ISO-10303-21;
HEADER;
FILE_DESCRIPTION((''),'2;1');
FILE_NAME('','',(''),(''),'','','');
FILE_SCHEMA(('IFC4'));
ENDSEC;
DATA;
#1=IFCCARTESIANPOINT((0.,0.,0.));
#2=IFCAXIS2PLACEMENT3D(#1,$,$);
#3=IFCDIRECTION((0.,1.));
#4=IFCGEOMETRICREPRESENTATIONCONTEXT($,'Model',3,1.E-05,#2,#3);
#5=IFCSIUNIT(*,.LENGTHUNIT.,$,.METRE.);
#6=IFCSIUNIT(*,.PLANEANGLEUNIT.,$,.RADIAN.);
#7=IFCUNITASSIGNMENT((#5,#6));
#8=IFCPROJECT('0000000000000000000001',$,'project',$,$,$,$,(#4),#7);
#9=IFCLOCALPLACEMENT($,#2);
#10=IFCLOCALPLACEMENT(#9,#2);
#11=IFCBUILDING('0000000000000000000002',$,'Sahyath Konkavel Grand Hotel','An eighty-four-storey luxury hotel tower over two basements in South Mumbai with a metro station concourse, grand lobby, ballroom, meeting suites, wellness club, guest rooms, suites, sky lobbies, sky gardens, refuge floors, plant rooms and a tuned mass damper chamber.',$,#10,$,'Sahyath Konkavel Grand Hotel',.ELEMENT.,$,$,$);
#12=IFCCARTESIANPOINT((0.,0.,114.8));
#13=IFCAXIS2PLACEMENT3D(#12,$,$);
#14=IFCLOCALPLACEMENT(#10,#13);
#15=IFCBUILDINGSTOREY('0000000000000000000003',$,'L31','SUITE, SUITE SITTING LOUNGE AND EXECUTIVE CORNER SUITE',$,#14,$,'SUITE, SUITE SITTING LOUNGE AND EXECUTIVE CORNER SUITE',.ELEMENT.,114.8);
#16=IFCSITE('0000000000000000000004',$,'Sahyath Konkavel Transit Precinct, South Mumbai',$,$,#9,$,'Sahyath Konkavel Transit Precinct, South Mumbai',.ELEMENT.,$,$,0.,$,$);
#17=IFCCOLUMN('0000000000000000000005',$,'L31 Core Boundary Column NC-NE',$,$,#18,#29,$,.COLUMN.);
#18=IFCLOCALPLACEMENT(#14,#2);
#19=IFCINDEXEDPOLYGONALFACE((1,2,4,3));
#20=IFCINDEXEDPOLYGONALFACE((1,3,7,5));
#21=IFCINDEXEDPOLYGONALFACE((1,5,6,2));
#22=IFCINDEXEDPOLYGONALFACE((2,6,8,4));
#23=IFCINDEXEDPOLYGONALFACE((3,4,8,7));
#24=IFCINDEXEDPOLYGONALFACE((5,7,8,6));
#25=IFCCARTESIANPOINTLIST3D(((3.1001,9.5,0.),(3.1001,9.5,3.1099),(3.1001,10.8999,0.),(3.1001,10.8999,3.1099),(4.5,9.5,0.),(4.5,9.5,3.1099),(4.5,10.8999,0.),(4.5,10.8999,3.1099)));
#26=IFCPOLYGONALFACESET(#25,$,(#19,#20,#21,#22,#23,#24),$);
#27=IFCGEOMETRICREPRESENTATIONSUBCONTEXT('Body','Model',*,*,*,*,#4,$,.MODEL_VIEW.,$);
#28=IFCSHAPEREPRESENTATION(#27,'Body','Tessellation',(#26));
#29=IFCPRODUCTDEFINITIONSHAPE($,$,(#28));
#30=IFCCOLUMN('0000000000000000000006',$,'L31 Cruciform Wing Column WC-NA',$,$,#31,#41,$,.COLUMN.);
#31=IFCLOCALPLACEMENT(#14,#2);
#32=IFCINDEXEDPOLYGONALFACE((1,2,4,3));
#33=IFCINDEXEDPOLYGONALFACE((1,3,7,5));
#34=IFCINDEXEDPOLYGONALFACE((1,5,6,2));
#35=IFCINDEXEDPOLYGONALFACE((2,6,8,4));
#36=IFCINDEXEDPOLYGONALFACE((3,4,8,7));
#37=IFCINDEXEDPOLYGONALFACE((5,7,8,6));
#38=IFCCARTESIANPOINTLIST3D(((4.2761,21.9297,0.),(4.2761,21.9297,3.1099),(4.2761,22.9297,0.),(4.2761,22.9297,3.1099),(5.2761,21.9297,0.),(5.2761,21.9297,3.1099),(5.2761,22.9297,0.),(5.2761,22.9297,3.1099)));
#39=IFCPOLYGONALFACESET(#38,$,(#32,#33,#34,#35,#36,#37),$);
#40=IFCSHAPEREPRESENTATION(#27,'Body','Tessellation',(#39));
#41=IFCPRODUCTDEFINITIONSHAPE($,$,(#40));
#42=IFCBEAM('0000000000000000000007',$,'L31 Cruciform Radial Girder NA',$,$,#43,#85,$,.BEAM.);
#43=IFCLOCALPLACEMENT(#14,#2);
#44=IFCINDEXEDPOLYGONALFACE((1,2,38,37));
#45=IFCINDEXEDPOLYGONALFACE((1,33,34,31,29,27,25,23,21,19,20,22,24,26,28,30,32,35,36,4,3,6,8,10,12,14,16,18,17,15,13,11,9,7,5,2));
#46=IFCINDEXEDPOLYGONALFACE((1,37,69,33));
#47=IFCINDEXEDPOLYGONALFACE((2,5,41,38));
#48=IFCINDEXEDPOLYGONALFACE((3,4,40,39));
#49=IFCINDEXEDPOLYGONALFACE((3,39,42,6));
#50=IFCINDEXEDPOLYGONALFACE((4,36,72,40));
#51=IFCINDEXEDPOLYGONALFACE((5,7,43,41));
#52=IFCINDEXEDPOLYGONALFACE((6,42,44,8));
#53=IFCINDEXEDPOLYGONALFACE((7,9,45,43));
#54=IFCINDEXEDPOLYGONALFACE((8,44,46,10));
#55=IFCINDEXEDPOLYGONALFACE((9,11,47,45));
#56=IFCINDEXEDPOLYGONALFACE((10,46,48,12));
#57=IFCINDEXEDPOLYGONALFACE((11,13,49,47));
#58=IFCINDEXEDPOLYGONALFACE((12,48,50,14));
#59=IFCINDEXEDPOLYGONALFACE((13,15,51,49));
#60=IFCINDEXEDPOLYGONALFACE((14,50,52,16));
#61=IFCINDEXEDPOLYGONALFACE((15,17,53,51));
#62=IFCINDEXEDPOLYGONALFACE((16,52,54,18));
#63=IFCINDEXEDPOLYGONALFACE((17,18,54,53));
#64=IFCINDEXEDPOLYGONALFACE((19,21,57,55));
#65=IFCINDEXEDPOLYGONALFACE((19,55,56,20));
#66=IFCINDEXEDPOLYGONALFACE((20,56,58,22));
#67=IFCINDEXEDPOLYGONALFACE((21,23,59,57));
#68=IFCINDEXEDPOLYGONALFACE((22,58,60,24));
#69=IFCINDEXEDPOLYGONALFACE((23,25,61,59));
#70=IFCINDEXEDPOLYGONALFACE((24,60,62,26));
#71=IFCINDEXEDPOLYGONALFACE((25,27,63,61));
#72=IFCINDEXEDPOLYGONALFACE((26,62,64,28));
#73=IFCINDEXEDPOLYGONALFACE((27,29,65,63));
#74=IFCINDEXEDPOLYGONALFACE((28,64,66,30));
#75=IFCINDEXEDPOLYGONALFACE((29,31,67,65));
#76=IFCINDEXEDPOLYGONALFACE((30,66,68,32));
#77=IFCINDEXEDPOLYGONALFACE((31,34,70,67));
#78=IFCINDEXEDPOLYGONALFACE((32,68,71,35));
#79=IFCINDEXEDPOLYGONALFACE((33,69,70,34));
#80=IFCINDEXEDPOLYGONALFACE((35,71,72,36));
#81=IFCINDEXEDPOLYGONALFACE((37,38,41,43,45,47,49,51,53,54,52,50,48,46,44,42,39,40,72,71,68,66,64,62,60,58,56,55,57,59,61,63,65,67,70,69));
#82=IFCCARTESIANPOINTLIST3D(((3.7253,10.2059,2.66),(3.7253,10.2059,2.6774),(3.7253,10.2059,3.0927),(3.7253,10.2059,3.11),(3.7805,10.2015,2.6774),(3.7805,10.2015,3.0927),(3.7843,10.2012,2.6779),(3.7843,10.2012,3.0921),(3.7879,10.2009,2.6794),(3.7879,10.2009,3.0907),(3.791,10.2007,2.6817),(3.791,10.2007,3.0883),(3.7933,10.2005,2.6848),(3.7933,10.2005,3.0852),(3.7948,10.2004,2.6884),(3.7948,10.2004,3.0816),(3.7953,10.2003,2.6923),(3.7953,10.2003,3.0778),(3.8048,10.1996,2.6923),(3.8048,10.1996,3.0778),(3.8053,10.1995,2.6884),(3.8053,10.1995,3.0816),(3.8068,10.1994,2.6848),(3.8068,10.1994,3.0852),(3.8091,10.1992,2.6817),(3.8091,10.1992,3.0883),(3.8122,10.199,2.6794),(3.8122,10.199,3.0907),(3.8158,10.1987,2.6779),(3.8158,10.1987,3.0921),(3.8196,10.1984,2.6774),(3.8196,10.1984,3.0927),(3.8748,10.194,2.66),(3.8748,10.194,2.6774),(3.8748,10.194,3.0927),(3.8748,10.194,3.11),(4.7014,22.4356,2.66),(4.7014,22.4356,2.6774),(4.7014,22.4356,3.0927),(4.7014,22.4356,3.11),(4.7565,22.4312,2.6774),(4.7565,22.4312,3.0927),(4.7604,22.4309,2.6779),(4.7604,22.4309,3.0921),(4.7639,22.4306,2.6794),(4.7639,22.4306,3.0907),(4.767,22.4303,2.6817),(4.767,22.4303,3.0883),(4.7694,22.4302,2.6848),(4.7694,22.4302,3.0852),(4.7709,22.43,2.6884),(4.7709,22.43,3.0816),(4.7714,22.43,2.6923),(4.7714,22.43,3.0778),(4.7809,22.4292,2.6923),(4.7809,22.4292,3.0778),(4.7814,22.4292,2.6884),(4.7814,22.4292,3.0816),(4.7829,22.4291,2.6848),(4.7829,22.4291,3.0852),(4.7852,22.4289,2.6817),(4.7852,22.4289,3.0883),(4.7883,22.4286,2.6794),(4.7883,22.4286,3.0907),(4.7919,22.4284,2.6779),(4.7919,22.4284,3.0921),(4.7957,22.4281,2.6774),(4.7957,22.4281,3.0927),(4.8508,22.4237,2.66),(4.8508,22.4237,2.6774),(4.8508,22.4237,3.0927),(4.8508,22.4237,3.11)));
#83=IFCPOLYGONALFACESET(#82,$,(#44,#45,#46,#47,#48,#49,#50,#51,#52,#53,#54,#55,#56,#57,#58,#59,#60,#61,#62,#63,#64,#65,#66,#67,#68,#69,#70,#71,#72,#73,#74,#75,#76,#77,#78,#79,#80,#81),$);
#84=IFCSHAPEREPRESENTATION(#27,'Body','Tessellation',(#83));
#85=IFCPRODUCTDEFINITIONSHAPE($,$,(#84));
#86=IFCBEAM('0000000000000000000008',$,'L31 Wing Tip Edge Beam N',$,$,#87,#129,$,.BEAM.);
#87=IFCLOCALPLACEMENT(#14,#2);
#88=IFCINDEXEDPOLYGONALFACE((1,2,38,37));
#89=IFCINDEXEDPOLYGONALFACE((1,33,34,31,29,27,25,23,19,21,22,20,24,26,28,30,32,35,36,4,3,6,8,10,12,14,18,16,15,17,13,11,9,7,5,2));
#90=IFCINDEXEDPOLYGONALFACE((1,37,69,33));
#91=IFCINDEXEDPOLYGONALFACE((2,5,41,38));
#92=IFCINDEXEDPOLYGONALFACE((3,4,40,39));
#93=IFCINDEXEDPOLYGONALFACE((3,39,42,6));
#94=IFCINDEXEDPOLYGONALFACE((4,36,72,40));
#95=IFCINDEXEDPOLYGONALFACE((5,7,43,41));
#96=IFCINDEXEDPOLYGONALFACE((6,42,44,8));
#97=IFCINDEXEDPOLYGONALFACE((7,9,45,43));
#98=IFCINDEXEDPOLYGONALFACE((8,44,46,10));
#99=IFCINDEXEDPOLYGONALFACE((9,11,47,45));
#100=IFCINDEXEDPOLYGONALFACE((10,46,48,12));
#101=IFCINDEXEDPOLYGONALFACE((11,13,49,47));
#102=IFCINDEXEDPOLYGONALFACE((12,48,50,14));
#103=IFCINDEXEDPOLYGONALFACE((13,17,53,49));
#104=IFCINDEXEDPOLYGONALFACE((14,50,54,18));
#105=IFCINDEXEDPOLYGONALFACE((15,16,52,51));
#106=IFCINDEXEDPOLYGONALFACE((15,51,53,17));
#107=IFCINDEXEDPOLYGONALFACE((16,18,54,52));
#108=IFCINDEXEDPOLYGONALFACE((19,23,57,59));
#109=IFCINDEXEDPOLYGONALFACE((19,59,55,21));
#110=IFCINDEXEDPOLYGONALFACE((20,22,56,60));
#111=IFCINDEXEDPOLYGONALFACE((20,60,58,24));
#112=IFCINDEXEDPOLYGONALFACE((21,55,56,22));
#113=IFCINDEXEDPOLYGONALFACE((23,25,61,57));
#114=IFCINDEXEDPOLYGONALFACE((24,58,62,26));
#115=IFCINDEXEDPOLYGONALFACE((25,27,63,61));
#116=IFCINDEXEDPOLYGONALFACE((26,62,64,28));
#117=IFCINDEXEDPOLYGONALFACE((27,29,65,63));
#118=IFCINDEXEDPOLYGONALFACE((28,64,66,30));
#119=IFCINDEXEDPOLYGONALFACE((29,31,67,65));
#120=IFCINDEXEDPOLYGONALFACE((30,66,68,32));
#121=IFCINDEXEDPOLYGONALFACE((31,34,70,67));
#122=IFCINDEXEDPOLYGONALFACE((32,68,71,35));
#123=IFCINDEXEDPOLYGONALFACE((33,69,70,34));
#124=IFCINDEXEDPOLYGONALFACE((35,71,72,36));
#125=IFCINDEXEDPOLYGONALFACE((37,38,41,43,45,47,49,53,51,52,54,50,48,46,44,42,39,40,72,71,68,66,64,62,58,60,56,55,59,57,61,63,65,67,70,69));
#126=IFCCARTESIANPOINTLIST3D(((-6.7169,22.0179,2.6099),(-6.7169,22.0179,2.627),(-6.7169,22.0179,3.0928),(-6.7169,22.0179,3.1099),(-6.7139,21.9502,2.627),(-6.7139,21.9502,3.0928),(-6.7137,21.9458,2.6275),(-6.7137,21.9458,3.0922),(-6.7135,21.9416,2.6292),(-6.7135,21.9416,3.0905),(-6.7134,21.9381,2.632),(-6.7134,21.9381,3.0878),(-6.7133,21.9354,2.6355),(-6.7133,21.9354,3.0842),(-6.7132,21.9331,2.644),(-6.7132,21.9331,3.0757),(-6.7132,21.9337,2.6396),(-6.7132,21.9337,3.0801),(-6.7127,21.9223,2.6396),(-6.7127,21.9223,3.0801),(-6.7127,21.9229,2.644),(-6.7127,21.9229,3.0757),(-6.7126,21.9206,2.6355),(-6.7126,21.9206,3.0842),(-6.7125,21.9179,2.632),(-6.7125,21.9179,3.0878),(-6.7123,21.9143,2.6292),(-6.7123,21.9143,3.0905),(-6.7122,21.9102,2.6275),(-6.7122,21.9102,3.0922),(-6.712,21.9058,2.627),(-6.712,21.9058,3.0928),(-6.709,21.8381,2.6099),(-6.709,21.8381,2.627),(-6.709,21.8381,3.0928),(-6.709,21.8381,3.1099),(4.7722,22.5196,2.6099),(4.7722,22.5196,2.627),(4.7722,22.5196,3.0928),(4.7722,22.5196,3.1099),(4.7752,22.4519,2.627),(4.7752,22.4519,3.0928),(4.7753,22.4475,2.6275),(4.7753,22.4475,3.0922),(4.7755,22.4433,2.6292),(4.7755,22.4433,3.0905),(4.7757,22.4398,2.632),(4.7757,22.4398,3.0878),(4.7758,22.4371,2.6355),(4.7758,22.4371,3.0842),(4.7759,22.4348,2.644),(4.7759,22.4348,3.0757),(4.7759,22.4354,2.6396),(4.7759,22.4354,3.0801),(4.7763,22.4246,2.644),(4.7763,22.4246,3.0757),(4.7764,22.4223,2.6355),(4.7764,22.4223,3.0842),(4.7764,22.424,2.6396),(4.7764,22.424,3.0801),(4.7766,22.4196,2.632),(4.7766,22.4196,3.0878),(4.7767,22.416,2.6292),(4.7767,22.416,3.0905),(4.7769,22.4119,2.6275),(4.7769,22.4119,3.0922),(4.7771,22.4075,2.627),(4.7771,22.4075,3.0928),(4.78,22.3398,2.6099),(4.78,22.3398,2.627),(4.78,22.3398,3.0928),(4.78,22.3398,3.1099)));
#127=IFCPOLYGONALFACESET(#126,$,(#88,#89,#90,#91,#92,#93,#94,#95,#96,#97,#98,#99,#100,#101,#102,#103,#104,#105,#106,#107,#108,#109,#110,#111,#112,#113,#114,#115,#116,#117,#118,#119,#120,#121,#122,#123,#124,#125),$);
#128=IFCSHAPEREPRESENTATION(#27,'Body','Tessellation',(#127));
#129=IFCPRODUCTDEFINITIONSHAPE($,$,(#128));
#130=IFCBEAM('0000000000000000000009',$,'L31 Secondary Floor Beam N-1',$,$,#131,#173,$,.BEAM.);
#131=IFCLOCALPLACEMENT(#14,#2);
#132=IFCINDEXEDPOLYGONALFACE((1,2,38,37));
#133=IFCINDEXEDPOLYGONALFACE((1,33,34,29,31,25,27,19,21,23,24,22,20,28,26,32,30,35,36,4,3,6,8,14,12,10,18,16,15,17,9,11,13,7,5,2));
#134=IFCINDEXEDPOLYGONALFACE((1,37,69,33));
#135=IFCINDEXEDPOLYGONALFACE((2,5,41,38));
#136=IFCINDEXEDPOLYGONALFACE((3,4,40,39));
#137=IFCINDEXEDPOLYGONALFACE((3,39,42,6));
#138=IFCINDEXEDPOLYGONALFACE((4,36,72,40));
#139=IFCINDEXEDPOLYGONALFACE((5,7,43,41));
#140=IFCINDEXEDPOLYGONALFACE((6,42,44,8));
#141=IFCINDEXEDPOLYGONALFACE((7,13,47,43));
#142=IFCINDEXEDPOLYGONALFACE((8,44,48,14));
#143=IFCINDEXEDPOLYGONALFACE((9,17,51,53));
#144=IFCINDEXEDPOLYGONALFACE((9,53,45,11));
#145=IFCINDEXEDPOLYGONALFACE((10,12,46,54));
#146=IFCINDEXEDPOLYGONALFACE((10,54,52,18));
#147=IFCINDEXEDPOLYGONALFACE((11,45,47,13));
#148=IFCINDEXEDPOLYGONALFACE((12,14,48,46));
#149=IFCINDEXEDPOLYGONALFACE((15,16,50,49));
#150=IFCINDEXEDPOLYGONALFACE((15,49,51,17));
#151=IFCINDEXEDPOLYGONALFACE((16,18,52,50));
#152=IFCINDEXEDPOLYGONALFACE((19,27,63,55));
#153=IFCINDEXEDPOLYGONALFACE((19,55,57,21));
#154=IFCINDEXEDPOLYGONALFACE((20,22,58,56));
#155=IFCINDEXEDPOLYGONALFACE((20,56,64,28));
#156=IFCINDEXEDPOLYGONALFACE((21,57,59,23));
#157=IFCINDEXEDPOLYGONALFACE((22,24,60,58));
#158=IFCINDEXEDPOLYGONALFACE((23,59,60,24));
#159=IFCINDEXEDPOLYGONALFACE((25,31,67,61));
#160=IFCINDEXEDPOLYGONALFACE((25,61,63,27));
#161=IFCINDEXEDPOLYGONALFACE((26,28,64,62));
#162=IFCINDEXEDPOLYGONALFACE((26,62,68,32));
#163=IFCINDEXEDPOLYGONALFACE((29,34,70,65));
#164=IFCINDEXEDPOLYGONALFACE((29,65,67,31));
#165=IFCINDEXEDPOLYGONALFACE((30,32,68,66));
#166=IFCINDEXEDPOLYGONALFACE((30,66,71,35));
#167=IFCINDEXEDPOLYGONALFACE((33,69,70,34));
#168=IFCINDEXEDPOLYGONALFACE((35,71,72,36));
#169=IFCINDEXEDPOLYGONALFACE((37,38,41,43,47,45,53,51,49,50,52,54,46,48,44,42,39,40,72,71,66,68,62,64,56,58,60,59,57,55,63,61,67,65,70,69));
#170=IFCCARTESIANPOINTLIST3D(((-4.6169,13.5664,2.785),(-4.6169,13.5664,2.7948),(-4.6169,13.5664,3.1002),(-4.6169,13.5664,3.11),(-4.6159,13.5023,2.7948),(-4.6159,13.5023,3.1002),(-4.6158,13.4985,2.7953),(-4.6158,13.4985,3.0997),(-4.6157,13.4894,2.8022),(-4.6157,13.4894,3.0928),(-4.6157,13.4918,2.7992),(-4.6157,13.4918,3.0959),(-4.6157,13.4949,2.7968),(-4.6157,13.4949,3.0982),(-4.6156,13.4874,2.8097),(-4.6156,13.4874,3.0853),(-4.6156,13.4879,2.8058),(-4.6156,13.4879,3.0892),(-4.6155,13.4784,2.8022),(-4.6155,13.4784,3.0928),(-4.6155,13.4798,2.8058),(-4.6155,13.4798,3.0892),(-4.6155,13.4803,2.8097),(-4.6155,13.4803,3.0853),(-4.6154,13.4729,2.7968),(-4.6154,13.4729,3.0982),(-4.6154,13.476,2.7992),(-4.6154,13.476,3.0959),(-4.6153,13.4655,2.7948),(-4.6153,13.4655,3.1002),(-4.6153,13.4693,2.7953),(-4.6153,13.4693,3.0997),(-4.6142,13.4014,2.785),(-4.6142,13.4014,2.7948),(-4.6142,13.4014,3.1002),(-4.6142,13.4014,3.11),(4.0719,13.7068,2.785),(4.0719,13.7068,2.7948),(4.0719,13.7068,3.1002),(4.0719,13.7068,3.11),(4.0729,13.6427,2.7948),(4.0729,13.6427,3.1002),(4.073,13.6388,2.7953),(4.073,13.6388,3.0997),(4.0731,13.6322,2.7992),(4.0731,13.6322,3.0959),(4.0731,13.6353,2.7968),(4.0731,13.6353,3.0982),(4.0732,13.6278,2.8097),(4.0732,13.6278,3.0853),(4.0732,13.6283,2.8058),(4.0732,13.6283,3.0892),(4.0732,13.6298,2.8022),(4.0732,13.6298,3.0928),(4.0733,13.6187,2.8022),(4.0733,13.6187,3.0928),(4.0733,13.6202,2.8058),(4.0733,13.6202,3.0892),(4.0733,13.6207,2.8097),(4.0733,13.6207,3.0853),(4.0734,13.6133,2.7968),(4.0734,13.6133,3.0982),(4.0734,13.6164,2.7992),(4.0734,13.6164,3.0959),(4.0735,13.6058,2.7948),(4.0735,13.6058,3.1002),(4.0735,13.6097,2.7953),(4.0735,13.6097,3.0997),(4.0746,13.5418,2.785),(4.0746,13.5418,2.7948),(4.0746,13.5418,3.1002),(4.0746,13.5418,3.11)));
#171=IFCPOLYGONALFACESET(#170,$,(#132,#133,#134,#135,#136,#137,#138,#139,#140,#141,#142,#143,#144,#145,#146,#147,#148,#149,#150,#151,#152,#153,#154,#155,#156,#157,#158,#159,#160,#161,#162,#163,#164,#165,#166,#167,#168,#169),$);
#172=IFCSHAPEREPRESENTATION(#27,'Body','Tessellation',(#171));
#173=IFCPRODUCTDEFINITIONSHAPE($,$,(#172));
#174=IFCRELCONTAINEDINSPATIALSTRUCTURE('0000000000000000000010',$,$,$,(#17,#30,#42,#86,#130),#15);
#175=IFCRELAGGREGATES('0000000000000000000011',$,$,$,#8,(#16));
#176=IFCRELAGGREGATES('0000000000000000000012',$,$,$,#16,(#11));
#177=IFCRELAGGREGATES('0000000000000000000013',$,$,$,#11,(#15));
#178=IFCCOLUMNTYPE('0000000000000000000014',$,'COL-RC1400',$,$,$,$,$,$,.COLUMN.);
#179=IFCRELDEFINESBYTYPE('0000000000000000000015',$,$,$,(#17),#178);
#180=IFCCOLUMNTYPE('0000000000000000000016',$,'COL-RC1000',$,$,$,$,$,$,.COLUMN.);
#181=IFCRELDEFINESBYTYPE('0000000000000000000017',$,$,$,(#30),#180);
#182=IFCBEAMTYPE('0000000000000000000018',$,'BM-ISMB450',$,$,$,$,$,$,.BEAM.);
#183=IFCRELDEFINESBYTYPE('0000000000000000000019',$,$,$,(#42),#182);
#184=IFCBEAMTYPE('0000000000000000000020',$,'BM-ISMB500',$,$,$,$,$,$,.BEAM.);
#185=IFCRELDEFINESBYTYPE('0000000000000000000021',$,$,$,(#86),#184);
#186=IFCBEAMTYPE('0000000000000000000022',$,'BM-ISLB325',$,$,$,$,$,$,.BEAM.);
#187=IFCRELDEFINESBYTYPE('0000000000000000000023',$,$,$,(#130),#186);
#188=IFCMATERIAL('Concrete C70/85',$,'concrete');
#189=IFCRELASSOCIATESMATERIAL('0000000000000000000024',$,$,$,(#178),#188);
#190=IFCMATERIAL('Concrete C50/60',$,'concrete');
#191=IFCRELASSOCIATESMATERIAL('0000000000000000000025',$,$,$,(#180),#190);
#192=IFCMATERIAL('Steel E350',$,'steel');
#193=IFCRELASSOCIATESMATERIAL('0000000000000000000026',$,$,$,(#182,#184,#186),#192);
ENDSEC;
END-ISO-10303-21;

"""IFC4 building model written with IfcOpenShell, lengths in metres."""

from ifc_helpers import new_model, si_unit, direction, frame, origin, origin_2d, place, context, subcontext, project, spatial, rectangle, i_section, extrude, source, transform, mapped, material, material_profile, profile_set, type_object, element, save


model = new_model("IFC4")

# Units and contexts
model_context = context("Model", 3, precision=1e-05, world=origin(), true_north=direction((0.0, 1.0)))
body_context = subcontext(model_context, "Body", "Model", "MODEL_VIEW")
ifc_project = project(units=[si_unit("LENGTHUNIT", "METRE"), si_unit("PLANEANGLEUNIT", "RADIAN")], contexts=[model_context])

# Site, building, storey
site_placement = place(None, origin())
site = spatial("IfcSite", under=ifc_project, at=site_placement, Name="Sahyath Konkavel Transit Precinct, South Mumbai", LongName="Sahyath Konkavel Transit Precinct, South Mumbai", CompositionType="ELEMENT", RefElevation=0.0)
building_placement = place(site_placement, origin())
building = spatial("IfcBuilding", under=site, at=building_placement, Name="Sahyath Konkavel Grand Hotel", Description="An eighty-four-storey luxury hotel tower over two basements in South Mumbai with a metro station concourse, grand lobby, ballroom, meeting suites, wellness club, guest rooms, suites, sky lobbies, sky gardens, refuge floors, plant rooms and a tuned mass damper chamber.", LongName="Sahyath Konkavel Grand Hotel", CompositionType="ELEMENT")
storey_placement = place(building_placement, frame((0.0, 0.0, 114.8)))
storey = spatial("IfcBuildingStorey", under=building, at=storey_placement, Name="L31", Description="SUITE, SUITE SITTING LOUNGE AND EXECUTIVE CORNER SUITE", LongName="SUITE, SUITE SITTING LOUNGE AND EXECUTIVE CORNER SUITE", CompositionType="ELEMENT", Elevation=114.8)

# Columns
ifc_material_1 = material(Name="Concrete C70/85", Category="concrete")
ifc_material_profile_1 = material_profile(ifc_material_1, rectangle(XDim=1.3999, YDim=1.3999, at=origin_2d()), Name="RC 1400x1400")
ifc_profile_set_1 = profile_set([ifc_material_profile_1], Name="Concrete C70/85")
column_type_1 = type_object("IfcColumnType", Name="COL-RC1400", PredefinedType="COLUMN", material=ifc_profile_set_1)
shared_shape_1 = source(origin(), body_context, "Body", "SweptSolid", [
    extrude(rectangle(XDim=1.3999, YDim=1.3999, at=origin_2d()), origin(), (0.0, 0.0, 1.0), 3.1099),
])
column_1_placement = place(storey_placement, frame((3.8, 10.2, 0.0), z_axis=(0.0, 0.0, 1.0), x_axis=(1.0, 0.0, 0.0)))
element("IfcColumn", 1, at=column_1_placement, inside=storey, type_object=column_type_1, Name="L31 Core Boundary Column NC-NE", PredefinedType="COLUMN", context=body_context, shape_type="MappedRepresentation", body=[
    mapped(shared_shape_1, transform((0.0, 0.0, 0.0), scale=1.0)),
])
ifc_material_2 = material(Name="Concrete C50/60", Category="concrete")
ifc_material_profile_2 = material_profile(ifc_material_2, rectangle(XDim=1.0, YDim=1.0, at=origin_2d()), Name="RC 1000x1000")
ifc_profile_set_2 = profile_set([ifc_material_profile_2], Name="Concrete C50/60")
column_type_2 = type_object("IfcColumnType", Name="COL-RC1000", PredefinedType="COLUMN", material=ifc_profile_set_2)
shared_shape_2 = source(origin(), body_context, "Body", "SweptSolid", [
    extrude(rectangle(XDim=1.0, YDim=1.0, at=origin_2d()), origin(), (0.0, 0.0, 1.0), 3.1099),
])
column_2_placement = place(storey_placement, frame((4.7761, 22.4297, 0.0), z_axis=(0.0, 0.0, 1.0), x_axis=(1.0, 0.0, 0.0)))
element("IfcColumn", 2, at=column_2_placement, inside=storey, type_object=column_type_2, Name="L31 Cruciform Wing Column WC-NA", PredefinedType="COLUMN", context=body_context, shape_type="MappedRepresentation", body=[
    mapped(shared_shape_2, transform((0.0, 0.0, 0.0), scale=1.0)),
])

# Beams
ifc_material_3 = material(Name="Steel E350", Category="steel")
ifc_material_profile_3 = material_profile(ifc_material_3, i_section(OverallWidth=0.1499, OverallDepth=0.45, WebThickness=0.0095, FlangeThickness=0.0173, FilletRadius=0.0149, at=origin_2d()), Name="ISMB 450")
ifc_profile_set_3 = profile_set([ifc_material_profile_3], Name="Steel E350")
beam_type_1 = type_object("IfcBeamType", Name="BM-ISMB450", PredefinedType="BEAM", material=ifc_profile_set_3)
shared_shape_3 = source(origin(), body_context, "Body", "SweptSolid", [
    extrude(i_section(OverallWidth=0.1499, OverallDepth=0.45, WebThickness=0.0095, FlangeThickness=0.0173, FilletRadius=0.0149, at=origin_2d()), origin(), (0.0, 0.0, 1.0), 12.2686),
])
beam_1_placement = place(storey_placement, frame((3.8, 10.2, 2.885), z_axis=(0.079559, 0.99683, 0.0), x_axis=(-0.99683, 0.079559, 0.0)))
element("IfcBeam", 3, at=beam_1_placement, inside=storey, type_object=beam_type_1, Name="L31 Cruciform Radial Girder NA", PredefinedType="BEAM", context=body_context, shape_type="MappedRepresentation", body=[
    mapped(shared_shape_3, transform((0.0, 0.0, 0.0), scale=1.0)),
])
ifc_material_profile_4 = material_profile(ifc_material_3, i_section(OverallWidth=0.1799, OverallDepth=0.5, WebThickness=0.0103, FlangeThickness=0.0171, FilletRadius=0.0171, at=origin_2d()), Name="ISMB 500")
ifc_profile_set_4 = profile_set([ifc_material_profile_4], Name="Steel E350")
beam_type_2 = type_object("IfcBeamType", Name="BM-ISMB500", PredefinedType="BEAM", material=ifc_profile_set_4)
shared_shape_4 = source(origin(), body_context, "Body", "SweptSolid", [
    extrude(i_section(OverallWidth=0.1799, OverallDepth=0.5, WebThickness=0.0103, FlangeThickness=0.0171, FilletRadius=0.0171, at=origin_2d()), origin(), (0.0, 0.0, 1.0), 11.5),
])
beam_2_placement = place(storey_placement, frame((4.7761, 22.4297, 2.8599), z_axis=(-0.999048, -0.043627, 0.0), x_axis=(0.043627, -0.999048, 0.0)))
element("IfcBeam", 4, at=beam_2_placement, inside=storey, type_object=beam_type_2, Name="L31 Wing Tip Edge Beam N", PredefinedType="BEAM", context=body_context, shape_type="MappedRepresentation", body=[
    mapped(shared_shape_4, transform((0.0, 0.0, 0.0), scale=1.0)),
])
ifc_material_profile_5 = material_profile(ifc_material_3, i_section(OverallWidth=0.165, OverallDepth=0.325, WebThickness=0.0071, FlangeThickness=0.0098, FilletRadius=0.0149, at=origin_2d()), Name="ISLB 325")
ifc_profile_set_5 = profile_set([ifc_material_profile_5], Name="Steel E350")
beam_type_3 = type_object("IfcBeamType", Name="BM-ISLB325", PredefinedType="BEAM", material=ifc_profile_set_5)
shared_shape_5 = source(origin(), body_context, "Body", "SweptSolid", [
    extrude(i_section(OverallWidth=0.165, OverallDepth=0.325, WebThickness=0.0071, FlangeThickness=0.0098, FilletRadius=0.0149, at=origin_2d()), origin(), (0.0, 0.0, 1.0), 8.6899),
])
beam_3_placement = place(storey_placement, frame((4.0732, 13.6243, 2.9475), z_axis=(-0.99987, -0.016155, 0.0), x_axis=(0.016155, -0.99987, 0.0)))
element("IfcBeam", 5, at=beam_3_placement, inside=storey, type_object=beam_type_3, Name="L31 Secondary Floor Beam N-1", PredefinedType="BEAM", context=body_context, shape_type="MappedRepresentation", body=[
    mapped(shared_shape_5, transform((0.0, 0.0, 0.0), scale=1.0)),
])

save(model, "model.ifc")
